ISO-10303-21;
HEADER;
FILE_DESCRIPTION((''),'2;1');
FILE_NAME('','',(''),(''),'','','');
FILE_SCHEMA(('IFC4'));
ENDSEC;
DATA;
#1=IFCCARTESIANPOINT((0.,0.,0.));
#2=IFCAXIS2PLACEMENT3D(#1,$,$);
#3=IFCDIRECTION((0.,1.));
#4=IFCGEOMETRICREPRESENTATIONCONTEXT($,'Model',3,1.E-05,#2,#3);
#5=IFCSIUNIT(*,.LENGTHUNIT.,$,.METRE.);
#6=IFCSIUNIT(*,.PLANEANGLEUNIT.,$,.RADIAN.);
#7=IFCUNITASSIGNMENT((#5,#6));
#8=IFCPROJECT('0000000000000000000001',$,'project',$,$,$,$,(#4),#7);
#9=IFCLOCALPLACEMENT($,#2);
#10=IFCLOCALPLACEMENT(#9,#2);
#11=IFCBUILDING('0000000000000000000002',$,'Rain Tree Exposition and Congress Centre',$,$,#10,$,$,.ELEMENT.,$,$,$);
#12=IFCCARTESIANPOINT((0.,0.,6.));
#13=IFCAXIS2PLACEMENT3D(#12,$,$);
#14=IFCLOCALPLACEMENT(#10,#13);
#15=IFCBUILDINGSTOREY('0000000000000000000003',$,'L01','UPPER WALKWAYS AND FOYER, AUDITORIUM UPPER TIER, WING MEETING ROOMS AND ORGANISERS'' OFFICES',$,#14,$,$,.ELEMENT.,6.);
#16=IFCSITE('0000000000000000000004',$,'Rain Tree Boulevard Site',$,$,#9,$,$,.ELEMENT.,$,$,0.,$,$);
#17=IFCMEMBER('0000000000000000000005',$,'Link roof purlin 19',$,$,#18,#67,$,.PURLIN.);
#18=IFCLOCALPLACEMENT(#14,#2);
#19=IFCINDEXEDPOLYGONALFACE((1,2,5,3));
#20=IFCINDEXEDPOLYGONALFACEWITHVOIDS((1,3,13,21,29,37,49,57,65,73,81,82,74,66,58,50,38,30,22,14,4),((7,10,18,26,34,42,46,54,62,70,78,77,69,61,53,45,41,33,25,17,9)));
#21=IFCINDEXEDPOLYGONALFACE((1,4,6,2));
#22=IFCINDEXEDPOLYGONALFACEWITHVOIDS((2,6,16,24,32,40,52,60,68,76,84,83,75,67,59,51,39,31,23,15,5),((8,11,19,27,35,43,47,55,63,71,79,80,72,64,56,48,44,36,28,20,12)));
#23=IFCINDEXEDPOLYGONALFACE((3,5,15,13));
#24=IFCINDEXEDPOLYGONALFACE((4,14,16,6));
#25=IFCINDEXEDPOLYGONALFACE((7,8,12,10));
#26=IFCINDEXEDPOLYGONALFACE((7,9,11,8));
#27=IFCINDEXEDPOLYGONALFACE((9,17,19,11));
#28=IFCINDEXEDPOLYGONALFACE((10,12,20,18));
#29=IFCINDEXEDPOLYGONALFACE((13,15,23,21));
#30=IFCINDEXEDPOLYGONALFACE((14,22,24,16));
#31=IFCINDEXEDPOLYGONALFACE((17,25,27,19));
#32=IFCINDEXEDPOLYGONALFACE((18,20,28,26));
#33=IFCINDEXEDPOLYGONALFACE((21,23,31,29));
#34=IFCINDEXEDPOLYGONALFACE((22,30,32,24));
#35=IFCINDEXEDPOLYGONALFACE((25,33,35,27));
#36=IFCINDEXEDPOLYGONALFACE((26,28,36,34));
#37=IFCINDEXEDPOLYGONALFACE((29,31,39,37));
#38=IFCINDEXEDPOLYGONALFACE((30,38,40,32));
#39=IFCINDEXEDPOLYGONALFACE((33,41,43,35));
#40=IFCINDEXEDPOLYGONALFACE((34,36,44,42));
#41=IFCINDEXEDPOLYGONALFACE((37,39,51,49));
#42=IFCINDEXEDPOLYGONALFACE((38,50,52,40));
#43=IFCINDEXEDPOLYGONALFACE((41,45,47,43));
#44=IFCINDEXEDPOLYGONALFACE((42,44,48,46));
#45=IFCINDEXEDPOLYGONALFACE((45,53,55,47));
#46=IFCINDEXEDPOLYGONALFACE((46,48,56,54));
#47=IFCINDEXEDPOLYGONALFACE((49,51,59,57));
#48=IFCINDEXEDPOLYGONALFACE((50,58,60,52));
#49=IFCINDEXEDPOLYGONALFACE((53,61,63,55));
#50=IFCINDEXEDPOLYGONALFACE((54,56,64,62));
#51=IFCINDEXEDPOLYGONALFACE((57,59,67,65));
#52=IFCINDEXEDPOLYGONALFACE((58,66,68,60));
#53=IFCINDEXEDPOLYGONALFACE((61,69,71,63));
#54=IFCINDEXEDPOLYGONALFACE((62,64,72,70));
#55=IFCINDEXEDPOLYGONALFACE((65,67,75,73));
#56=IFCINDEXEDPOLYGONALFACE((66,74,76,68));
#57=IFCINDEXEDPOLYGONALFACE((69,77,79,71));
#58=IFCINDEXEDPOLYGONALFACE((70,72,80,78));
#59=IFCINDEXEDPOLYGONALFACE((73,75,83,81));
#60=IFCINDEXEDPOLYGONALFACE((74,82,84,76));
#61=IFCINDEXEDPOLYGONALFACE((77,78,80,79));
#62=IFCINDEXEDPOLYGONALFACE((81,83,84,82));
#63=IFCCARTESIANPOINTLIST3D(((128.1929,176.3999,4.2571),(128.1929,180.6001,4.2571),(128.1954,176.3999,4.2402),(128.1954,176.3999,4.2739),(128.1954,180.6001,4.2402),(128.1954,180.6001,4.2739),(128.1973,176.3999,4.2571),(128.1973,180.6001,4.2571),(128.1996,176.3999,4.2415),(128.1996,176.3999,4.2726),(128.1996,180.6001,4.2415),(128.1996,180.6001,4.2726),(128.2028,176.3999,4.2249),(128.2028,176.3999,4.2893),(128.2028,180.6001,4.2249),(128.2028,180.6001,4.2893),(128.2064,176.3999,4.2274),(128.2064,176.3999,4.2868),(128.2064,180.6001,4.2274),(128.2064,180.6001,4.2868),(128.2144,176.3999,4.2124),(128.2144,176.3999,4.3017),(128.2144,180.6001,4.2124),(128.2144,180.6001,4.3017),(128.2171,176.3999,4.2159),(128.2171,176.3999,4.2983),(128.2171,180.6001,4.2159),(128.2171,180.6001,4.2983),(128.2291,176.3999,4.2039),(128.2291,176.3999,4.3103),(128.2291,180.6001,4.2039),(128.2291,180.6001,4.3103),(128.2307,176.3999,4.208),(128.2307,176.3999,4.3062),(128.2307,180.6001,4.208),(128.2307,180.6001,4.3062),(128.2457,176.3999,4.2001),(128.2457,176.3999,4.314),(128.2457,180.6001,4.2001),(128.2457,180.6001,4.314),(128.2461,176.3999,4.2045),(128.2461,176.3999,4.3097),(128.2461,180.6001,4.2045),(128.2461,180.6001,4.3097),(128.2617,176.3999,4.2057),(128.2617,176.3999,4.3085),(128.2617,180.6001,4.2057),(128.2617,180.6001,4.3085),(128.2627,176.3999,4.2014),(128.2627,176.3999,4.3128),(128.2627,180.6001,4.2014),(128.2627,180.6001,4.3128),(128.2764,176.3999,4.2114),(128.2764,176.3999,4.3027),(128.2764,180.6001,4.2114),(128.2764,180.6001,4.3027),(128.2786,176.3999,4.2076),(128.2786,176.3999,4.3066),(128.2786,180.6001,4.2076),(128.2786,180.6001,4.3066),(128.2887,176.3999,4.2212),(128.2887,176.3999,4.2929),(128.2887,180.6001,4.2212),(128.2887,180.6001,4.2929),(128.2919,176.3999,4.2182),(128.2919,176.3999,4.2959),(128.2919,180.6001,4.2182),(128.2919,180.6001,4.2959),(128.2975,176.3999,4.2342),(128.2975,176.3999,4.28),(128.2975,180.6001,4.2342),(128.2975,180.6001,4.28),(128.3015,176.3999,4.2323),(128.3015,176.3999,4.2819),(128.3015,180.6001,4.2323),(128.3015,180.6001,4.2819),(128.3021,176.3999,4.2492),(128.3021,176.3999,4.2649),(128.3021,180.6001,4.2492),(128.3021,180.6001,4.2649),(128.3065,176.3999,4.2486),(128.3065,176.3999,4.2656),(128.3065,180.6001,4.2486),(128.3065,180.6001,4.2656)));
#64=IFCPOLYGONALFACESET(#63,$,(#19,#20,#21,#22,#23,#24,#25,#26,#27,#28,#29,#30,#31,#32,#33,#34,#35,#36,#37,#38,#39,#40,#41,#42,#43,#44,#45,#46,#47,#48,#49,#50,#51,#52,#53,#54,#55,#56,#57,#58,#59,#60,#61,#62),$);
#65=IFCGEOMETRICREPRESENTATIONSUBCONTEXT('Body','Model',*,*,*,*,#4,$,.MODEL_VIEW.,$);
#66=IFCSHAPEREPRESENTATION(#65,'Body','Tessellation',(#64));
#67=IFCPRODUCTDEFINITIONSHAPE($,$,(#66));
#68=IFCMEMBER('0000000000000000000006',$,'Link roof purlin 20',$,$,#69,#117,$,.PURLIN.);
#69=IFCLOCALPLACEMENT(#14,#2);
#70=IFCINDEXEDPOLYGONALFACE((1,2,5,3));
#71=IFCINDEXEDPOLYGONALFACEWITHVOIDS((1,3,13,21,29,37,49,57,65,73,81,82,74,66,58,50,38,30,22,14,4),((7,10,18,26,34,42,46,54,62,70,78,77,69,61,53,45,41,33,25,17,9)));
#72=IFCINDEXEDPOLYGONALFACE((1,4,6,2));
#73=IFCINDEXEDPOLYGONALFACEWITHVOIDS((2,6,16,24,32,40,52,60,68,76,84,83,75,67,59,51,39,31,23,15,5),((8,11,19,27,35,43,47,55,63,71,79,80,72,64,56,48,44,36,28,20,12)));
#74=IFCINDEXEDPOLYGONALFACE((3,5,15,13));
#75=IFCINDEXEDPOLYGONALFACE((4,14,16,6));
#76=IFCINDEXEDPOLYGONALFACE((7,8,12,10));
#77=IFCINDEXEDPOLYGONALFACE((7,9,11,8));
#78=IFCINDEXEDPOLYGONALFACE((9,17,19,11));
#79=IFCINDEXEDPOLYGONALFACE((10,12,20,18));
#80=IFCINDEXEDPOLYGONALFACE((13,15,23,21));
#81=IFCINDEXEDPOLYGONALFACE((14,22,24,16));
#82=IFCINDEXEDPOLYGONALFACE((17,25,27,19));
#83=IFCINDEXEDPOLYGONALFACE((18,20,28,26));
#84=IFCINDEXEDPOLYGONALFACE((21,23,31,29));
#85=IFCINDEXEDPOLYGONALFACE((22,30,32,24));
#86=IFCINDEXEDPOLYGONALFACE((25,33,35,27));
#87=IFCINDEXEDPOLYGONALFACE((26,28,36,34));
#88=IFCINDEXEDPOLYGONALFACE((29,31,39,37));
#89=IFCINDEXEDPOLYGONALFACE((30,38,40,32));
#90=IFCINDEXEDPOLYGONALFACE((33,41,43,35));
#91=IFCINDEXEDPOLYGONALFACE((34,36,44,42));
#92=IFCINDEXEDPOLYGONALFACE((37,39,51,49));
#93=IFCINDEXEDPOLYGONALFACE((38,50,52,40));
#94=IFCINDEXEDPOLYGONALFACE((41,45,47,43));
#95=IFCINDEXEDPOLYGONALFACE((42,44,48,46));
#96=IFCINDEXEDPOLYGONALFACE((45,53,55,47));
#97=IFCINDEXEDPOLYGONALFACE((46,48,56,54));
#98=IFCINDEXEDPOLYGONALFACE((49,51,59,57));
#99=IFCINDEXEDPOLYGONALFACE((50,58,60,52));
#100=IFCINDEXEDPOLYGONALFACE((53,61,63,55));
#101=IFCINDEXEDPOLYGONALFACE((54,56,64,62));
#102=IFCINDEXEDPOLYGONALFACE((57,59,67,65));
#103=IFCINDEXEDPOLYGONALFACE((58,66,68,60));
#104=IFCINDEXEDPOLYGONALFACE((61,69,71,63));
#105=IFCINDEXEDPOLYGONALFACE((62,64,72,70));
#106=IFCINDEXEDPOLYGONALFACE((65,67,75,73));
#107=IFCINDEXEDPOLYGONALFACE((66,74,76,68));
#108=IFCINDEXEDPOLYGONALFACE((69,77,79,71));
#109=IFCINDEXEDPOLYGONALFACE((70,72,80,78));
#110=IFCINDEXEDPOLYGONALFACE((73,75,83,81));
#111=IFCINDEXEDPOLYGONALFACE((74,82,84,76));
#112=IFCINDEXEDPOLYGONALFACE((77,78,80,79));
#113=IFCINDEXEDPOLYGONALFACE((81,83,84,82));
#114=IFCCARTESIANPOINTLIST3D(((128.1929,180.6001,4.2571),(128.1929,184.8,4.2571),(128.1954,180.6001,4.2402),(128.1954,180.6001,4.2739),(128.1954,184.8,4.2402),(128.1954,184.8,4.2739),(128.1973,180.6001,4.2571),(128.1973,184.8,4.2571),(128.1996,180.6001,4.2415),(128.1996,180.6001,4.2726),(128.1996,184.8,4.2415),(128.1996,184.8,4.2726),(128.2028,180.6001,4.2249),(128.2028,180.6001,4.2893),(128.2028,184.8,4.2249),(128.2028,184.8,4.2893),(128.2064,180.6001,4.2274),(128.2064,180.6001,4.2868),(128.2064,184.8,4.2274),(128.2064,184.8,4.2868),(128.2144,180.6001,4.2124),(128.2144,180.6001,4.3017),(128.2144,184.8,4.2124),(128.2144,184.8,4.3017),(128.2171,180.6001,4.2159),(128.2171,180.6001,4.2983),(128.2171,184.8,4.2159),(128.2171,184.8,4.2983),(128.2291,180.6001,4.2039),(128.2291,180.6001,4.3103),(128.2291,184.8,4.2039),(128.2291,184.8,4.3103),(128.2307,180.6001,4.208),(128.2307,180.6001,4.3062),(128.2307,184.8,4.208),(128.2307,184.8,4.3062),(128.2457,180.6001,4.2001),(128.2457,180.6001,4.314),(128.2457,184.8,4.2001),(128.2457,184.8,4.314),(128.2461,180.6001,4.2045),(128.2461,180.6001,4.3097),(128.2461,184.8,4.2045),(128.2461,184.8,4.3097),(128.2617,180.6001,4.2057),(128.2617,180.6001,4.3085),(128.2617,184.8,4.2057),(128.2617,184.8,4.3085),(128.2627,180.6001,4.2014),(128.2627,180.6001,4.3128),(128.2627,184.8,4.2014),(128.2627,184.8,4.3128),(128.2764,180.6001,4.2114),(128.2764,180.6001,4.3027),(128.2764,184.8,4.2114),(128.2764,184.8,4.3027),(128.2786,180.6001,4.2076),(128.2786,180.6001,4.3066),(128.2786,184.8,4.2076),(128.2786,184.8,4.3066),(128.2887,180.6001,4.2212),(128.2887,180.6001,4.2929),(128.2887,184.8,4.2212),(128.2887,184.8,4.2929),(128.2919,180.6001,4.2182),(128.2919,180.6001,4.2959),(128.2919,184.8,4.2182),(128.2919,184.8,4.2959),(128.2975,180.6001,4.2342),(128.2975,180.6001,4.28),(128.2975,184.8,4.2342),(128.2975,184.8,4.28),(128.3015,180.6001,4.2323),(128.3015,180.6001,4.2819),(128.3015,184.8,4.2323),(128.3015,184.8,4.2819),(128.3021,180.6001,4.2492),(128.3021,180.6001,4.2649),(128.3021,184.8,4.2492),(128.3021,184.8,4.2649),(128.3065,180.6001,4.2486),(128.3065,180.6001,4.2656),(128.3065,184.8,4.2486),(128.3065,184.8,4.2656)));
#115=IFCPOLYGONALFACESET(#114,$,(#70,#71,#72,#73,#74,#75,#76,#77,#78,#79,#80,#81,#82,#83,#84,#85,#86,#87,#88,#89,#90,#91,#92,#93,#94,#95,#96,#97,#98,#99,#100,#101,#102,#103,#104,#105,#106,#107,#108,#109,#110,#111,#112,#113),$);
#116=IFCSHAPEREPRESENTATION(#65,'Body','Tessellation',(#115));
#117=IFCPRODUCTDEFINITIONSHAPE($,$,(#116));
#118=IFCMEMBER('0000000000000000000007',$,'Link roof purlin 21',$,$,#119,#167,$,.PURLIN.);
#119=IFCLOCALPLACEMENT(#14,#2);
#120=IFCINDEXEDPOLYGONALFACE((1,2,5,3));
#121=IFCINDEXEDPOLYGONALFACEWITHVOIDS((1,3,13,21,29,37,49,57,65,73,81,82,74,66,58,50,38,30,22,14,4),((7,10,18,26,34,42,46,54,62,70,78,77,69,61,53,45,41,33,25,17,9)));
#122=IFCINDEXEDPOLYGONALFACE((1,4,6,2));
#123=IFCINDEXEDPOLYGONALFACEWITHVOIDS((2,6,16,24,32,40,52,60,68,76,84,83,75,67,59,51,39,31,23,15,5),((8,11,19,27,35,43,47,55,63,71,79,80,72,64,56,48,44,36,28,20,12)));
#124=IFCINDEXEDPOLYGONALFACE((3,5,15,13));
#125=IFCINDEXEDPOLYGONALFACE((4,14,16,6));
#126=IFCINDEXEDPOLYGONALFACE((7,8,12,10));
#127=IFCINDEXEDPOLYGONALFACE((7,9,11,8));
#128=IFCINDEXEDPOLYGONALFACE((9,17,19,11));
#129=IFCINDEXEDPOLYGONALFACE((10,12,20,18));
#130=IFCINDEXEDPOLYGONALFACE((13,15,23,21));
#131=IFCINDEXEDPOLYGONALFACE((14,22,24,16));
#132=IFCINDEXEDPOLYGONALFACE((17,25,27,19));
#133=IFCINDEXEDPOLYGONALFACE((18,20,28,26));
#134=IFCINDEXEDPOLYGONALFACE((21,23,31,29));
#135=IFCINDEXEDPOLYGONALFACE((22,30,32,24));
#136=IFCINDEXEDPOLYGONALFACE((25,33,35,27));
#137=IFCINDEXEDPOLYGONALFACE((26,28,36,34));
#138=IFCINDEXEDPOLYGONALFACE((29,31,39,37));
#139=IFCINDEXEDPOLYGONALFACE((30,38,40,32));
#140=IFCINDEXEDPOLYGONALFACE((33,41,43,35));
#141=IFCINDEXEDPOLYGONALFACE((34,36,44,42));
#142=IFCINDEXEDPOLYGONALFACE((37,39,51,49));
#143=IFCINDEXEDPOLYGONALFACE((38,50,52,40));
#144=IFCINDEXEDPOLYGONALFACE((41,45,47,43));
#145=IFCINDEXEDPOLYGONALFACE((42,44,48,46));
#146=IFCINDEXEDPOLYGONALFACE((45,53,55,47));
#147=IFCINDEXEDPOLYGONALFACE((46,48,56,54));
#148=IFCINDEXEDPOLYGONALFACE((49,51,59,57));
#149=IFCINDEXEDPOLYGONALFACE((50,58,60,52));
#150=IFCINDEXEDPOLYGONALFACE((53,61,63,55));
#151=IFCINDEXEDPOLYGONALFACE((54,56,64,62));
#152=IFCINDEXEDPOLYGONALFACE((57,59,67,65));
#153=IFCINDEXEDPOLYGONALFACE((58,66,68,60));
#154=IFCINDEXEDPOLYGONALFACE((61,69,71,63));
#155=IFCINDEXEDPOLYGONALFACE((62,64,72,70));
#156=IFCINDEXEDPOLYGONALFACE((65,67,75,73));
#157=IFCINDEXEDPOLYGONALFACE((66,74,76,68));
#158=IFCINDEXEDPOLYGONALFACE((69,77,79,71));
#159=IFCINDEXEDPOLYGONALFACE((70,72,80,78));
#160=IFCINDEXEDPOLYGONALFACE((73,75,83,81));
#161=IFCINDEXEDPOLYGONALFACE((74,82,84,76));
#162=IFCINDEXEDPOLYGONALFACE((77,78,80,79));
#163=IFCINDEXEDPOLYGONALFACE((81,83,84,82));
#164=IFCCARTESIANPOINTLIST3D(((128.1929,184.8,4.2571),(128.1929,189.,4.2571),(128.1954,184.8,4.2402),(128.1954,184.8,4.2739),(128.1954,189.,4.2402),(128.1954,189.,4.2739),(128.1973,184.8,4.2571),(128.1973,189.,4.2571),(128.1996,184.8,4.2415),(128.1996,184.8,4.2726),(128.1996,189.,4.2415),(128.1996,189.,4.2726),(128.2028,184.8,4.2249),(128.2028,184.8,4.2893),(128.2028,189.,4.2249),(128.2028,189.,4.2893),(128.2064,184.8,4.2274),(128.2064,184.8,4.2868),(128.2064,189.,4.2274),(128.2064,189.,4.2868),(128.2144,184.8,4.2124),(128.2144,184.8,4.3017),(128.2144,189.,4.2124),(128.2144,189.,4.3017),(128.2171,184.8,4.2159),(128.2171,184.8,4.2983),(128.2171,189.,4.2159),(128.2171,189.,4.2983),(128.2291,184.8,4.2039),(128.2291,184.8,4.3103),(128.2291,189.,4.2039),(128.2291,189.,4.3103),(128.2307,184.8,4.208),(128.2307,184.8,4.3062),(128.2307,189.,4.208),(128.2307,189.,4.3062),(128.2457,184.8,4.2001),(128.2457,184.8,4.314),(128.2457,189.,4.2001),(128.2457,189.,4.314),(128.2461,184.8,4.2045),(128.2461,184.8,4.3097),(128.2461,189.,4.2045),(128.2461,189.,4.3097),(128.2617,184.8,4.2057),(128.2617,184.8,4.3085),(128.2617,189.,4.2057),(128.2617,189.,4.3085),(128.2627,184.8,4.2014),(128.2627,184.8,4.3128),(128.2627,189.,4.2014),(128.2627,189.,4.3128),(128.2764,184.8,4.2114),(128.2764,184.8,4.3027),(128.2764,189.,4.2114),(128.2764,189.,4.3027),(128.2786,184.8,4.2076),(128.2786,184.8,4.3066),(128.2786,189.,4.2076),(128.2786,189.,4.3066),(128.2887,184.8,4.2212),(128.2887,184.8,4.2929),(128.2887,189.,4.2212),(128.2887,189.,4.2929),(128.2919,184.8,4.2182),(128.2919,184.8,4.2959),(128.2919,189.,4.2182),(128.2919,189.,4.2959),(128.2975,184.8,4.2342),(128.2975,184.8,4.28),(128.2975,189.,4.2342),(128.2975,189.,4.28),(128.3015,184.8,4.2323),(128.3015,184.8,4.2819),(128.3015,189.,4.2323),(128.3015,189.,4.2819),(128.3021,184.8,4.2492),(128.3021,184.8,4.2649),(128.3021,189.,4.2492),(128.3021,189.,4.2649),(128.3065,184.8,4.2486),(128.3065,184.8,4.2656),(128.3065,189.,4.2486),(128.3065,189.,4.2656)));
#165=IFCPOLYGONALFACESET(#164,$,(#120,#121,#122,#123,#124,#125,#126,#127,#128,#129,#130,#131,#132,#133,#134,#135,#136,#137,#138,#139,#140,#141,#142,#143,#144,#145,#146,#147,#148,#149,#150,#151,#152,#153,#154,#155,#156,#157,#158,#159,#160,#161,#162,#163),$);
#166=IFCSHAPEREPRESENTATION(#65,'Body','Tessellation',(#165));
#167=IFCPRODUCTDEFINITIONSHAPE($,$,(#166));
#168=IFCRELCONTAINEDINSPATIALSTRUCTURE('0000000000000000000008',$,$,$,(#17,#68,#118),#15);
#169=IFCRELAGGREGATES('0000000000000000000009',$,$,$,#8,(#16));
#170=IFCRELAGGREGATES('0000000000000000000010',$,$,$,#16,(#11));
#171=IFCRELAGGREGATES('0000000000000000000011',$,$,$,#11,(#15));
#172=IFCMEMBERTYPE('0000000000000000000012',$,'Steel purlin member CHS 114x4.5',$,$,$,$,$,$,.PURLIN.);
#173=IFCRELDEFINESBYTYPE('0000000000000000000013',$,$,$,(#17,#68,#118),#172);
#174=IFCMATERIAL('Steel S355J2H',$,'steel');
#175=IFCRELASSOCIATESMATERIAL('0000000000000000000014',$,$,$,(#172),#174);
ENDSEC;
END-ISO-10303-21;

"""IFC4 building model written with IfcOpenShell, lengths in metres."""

from ifc_helpers import new_model, si_unit, direction, frame, origin, origin_2d, place, context, subcontext, project, spatial, hollow_circle, extrude, material, material_profile, profile_set, type_object, element, save


model = new_model("IFC4")

# Units and contexts
model_context = context("Model", 3, precision=1e-05, world=origin(), true_north=direction((0.0, 1.0)))
body_context = subcontext(model_context, "Body", "Model", "MODEL_VIEW")
ifc_project = project(units=[si_unit("LENGTHUNIT", "METRE"), si_unit("PLANEANGLEUNIT", "RADIAN")], contexts=[model_context])

# Site, building, storey
site_placement = place(None, origin())
site = spatial("IfcSite", under=ifc_project, at=site_placement, Name="Rain Tree Boulevard Site", CompositionType="ELEMENT", RefElevation=0.0)
building_placement = place(site_placement, origin())
building = spatial("IfcBuilding", under=site, at=building_placement, Name="Rain Tree Exposition and Congress Centre", CompositionType="ELEMENT")
storey_placement = place(building_placement, frame((0.0, 0.0, 6.0)))
storey = spatial("IfcBuildingStorey", under=building, at=storey_placement, Name="L01", Description="UPPER WALKWAYS AND FOYER, AUDITORIUM UPPER TIER, WING MEETING ROOMS AND ORGANISERS' OFFICES", CompositionType="ELEMENT", Elevation=6.0)

# Members
ifc_material_1 = material(Name="Steel S355J2H", Category="steel")
ifc_material_profile_1 = material_profile(ifc_material_1, hollow_circle(Radius=0.0571, WallThickness=0.0044, at=origin_2d()), Name="CHS 114x4.5")
ifc_profile_set_1 = profile_set([ifc_material_profile_1], Name="Steel S355J2H")
member_type = type_object("IfcMemberType", Name="Steel purlin member CHS 114x4.5", PredefinedType="PURLIN", material=ifc_profile_set_1)
member_1_placement = place(storey_placement, frame((128.25, 176.3999, 4.2571), z_axis=(0.0, 1.0, 0.0), x_axis=(-1.0, 0.0, 0.0)))
element("IfcMember", 1, at=member_1_placement, inside=storey, type_object=member_type, Name="Link roof purlin 19", PredefinedType="PURLIN", context=body_context, shape_type="SweptSolid", body=[
    extrude(hollow_circle(Radius=0.0571, WallThickness=0.0044, at=origin_2d()), origin(), (0.0, 0.0, 1.0), 4.2002),
])
for number, where, z_axis, x_axis, name in (
    (2, (128.25, 180.6001, 4.2571), (0.0, 1.0, 0.0), (-1.0, 0.0, 0.0), "Link roof purlin 20"),
    (3, (128.25, 184.8, 4.2571), (0.0, 1.0, 0.0), (-1.0, 0.0, 0.0), "Link roof purlin 21"),
):
    element("IfcMember", number, at=place(storey_placement, frame(where, z_axis=z_axis, x_axis=x_axis)), inside=storey, type_object=member_type, Name=name, PredefinedType="PURLIN", context=body_context, shape_type="SweptSolid", body=[
        extrude(hollow_circle(Radius=0.0571, WallThickness=0.0044, at=origin_2d()), origin(), (0.0, 0.0, 1.0), 4.2),
    ])

save(model, "model.ifc")
